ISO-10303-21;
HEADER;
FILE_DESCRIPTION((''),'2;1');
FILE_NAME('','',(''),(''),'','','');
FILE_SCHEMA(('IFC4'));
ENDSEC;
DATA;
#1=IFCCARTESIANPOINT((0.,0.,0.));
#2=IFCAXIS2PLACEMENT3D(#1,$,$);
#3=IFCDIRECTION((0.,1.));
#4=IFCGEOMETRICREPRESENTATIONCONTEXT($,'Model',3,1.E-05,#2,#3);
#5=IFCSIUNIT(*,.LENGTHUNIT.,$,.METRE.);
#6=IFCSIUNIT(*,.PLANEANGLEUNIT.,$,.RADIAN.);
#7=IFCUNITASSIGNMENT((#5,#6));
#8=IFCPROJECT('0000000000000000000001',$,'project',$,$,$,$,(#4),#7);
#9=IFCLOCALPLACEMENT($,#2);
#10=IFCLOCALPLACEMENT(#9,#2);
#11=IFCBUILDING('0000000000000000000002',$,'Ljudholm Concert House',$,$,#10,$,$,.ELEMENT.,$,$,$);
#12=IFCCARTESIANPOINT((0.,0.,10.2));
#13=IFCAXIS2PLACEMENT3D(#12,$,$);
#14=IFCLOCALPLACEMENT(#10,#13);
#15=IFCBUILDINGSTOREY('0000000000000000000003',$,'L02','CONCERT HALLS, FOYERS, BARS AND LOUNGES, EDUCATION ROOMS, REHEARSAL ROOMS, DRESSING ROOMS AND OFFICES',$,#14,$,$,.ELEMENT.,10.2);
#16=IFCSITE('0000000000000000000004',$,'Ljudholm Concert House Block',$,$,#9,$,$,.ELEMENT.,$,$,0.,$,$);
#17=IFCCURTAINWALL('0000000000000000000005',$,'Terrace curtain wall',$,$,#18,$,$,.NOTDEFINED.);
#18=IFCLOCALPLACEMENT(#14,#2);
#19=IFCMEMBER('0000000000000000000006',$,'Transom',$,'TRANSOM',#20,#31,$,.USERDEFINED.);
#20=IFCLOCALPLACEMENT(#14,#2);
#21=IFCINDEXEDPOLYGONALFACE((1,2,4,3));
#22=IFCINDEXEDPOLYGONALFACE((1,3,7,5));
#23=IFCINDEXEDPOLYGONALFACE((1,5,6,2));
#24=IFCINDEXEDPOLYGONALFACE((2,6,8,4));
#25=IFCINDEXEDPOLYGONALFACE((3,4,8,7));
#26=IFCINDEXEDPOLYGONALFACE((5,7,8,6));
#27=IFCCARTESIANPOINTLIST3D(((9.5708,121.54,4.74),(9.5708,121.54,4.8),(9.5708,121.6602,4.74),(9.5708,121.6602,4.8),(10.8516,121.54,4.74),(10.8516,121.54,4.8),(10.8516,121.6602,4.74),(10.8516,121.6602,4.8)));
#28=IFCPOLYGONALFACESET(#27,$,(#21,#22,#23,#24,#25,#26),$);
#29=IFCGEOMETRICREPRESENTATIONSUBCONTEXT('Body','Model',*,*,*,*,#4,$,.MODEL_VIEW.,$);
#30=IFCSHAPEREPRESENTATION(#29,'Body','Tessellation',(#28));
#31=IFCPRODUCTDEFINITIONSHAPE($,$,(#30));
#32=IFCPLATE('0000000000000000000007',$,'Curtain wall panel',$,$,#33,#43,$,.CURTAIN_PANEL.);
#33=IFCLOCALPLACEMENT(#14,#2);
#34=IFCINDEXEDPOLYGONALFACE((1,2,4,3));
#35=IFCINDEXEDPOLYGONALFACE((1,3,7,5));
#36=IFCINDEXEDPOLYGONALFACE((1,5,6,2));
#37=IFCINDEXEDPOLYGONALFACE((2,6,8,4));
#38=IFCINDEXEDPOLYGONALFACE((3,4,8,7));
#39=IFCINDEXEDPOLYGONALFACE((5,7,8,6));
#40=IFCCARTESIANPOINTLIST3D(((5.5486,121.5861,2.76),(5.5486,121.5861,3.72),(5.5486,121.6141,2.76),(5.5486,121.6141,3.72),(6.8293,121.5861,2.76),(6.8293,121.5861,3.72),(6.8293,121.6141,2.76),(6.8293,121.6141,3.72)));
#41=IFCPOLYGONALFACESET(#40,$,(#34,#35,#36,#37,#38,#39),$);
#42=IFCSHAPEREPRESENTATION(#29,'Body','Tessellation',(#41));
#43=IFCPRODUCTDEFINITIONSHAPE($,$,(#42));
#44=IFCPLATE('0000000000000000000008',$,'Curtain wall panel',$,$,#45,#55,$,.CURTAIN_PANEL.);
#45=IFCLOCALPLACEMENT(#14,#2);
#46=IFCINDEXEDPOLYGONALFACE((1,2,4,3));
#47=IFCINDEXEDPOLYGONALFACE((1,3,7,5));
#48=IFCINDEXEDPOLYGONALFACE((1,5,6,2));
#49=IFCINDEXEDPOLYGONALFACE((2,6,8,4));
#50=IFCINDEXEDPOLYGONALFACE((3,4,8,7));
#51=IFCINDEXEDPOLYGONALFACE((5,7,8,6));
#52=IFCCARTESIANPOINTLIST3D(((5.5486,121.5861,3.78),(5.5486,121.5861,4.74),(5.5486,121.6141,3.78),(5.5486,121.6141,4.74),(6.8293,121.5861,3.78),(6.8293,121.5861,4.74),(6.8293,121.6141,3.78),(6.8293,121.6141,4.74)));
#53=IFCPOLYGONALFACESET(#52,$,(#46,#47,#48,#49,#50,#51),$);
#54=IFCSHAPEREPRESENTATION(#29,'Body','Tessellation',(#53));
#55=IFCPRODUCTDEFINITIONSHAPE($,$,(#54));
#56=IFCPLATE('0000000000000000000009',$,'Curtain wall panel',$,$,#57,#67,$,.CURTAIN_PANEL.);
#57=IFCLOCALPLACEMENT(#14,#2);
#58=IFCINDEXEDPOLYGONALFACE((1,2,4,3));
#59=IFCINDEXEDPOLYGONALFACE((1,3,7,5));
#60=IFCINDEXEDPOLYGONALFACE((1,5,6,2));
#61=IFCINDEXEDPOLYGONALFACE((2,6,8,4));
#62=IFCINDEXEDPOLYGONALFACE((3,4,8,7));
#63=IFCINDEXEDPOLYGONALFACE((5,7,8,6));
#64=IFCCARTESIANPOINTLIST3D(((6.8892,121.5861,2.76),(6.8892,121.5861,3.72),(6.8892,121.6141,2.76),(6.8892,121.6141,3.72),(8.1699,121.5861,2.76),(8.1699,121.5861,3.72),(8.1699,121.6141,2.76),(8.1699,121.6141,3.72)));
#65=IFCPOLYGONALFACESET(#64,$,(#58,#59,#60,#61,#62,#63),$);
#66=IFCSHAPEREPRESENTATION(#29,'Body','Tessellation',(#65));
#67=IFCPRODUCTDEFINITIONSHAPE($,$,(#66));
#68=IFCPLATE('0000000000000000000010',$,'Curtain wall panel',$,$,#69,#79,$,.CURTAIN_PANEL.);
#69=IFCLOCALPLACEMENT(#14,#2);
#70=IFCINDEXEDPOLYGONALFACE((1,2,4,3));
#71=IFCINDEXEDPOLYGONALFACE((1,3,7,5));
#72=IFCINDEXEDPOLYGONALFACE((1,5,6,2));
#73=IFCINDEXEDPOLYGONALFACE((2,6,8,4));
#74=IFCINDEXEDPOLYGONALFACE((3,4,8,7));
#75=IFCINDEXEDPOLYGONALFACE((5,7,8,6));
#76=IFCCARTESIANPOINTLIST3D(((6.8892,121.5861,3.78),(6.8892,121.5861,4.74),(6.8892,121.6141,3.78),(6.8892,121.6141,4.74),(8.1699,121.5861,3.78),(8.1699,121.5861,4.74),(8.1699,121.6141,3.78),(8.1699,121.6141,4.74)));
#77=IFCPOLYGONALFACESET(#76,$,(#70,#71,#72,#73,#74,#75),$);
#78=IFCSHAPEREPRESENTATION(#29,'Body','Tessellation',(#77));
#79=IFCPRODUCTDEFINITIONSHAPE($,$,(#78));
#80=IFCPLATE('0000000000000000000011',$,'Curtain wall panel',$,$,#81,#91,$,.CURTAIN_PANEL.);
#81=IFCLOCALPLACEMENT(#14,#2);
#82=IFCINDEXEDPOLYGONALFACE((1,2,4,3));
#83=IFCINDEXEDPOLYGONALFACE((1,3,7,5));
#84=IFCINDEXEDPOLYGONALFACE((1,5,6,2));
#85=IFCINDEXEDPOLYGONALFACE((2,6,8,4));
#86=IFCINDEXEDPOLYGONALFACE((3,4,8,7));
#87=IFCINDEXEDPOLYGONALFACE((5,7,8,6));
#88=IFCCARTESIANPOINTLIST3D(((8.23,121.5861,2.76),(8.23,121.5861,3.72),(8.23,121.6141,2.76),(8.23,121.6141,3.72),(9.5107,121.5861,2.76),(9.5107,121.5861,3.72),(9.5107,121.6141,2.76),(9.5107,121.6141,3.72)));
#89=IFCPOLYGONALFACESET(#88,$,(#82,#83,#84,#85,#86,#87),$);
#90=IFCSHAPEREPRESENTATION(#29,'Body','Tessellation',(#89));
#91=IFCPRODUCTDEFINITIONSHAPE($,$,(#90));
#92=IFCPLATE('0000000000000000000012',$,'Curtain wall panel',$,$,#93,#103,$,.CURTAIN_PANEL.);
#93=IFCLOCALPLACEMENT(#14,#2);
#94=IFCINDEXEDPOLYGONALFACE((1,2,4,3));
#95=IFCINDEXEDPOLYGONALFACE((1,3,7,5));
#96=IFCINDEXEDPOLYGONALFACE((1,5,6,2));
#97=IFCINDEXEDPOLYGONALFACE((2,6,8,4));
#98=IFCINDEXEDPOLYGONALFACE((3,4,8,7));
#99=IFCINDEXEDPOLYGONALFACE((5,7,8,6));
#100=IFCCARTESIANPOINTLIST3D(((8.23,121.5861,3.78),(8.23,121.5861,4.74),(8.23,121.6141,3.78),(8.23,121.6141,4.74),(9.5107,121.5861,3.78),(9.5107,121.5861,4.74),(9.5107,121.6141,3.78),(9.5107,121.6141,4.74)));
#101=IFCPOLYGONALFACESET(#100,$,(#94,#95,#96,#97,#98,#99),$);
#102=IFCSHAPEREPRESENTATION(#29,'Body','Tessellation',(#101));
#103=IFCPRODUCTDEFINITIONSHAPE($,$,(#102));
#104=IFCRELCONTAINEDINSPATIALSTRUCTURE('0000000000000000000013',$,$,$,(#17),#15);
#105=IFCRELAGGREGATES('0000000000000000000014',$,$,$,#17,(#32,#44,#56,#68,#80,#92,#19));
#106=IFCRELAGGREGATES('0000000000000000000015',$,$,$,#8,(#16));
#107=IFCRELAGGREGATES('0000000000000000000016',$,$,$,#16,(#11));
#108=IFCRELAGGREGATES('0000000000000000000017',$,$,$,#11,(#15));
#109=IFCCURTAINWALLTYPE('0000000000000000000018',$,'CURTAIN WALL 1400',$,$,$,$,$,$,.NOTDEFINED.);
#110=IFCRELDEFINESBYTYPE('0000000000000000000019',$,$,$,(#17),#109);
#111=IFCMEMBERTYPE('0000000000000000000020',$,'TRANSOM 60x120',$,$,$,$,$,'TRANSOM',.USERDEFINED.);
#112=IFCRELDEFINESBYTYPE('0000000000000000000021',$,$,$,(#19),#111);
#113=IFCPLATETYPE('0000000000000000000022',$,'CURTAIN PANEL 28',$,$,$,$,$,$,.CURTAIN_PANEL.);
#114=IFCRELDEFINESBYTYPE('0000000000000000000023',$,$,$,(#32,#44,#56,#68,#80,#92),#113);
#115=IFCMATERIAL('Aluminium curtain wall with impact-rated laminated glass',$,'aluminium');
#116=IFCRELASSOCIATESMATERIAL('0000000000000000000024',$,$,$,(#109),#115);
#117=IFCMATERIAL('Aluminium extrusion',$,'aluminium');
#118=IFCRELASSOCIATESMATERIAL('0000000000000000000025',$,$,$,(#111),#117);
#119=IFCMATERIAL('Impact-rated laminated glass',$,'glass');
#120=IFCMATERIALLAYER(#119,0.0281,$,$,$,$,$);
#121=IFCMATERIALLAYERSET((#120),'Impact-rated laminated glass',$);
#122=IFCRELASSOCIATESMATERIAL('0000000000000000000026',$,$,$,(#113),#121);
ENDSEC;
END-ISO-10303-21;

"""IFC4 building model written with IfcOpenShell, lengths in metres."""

from ifc_helpers import new_model, si_unit, direction, frame, origin, origin_2d, place, context, subcontext, project, spatial, rectangle, extrude, material, layer, layer_set, material_profile, profile_set, type_object, element, aggregate, save


model = new_model("IFC4")

# Units and contexts
model_context = context("Model", 3, precision=1e-05, world=origin(), true_north=direction((0.0, 1.0)))
body_context = subcontext(model_context, "Body", "Model", "MODEL_VIEW")
ifc_project = project(units=[si_unit("LENGTHUNIT", "METRE"), si_unit("PLANEANGLEUNIT", "RADIAN")], contexts=[model_context])

# Site, building, storey
site_placement = place(None, origin())
site = spatial("IfcSite", under=ifc_project, at=site_placement, Name="Ljudholm Concert House Block", CompositionType="ELEMENT", RefElevation=0.0)
building_placement = place(site_placement, origin())
building = spatial("IfcBuilding", under=site, at=building_placement, Name="Ljudholm Concert House", CompositionType="ELEMENT")
storey_placement = place(building_placement, frame((0.0, 0.0, 10.2)))
storey = spatial("IfcBuildingStorey", under=building, at=storey_placement, Name="L02", Description="CONCERT HALLS, FOYERS, BARS AND LOUNGES, EDUCATION ROOMS, REHEARSAL ROOMS, DRESSING ROOMS AND OFFICES", CompositionType="ELEMENT", Elevation=10.2)

# Curtain wall
ifc_material_1 = material(Name="Aluminium curtain wall with impact-rated laminated glass", Category="aluminium")
curtain_wall_type = type_object("IfcCurtainWallType", Name="CURTAIN WALL 1400", PredefinedType="NOTDEFINED", material=ifc_material_1)
curtain_wall_placement = place(storey_placement, origin())
curtain_wall = element("IfcCurtainWall", 1, at=curtain_wall_placement, inside=storey, type_object=curtain_wall_type, Name="Terrace curtain wall", PredefinedType="NOTDEFINED")

# Member
ifc_material_2 = material(Name="Aluminium extrusion", Category="aluminium")
ifc_material_profile_1 = material_profile(ifc_material_2, rectangle(XDim=0.1201, YDim=0.0601, at=origin_2d()), Name="TRANSOM 60x120")
ifc_profile_set_1 = profile_set([ifc_material_profile_1], Name="Aluminium extrusion")
member_type_1 = type_object("IfcMemberType", Name="TRANSOM 60x120", ElementType="TRANSOM", PredefinedType="USERDEFINED", material=ifc_profile_set_1)
member_1_placement = place(storey_placement, frame((9.5708, 121.6001, 4.77), z_axis=(1.0, 0.0, 0.0), x_axis=(0.0, 1.0, 0.0)))
member_1 = element("IfcMember", 2, at=member_1_placement, type_object=member_type_1, Name="Transom", ObjectType="TRANSOM", PredefinedType="USERDEFINED", context=body_context, shape_type="SweptSolid", body=[
    extrude(rectangle(XDim=0.1201, YDim=0.0601, at=origin_2d()), origin(), (0.0, 0.0, 1.0), 1.2808),
])

# Plates
ifc_material_3 = material(Name="Impact-rated laminated glass", Category="glass")
ifc_layer = layer(ifc_material_3, 0.0281)
ifc_layer_set = layer_set([ifc_layer], Name="Impact-rated laminated glass")
plate_type = type_object("IfcPlateType", Name="CURTAIN PANEL 28", PredefinedType="CURTAIN_PANEL", material=ifc_layer_set)
plate_1_placement = place(storey_placement, frame((6.189, 121.6001, 2.76), z_axis=(0.0, 0.0, 1.0), x_axis=(1.0, 0.0, 0.0)))
plate_1 = element("IfcPlate", 3, at=plate_1_placement, type_object=plate_type, Name="Curtain wall panel", PredefinedType="CURTAIN_PANEL", context=body_context, shape_type="SweptSolid", body=[
    extrude(rectangle(XDim=1.2808, YDim=0.0281, at=origin_2d()), origin(), (0.0, 0.0, 1.0), 0.96),
])
plate_2_placement = place(storey_placement, frame((6.189, 121.6001, 3.78), z_axis=(0.0, 0.0, 1.0), x_axis=(1.0, 0.0, 0.0)))
plate_2 = element("IfcPlate", 4, at=plate_2_placement, type_object=plate_type, Name="Curtain wall panel", PredefinedType="CURTAIN_PANEL", context=body_context, shape_type="SweptSolid", body=[
    extrude(rectangle(XDim=1.2808, YDim=0.0281, at=origin_2d()), origin(), (0.0, 0.0, 1.0), 0.96),
])
plate_3_placement = place(storey_placement, frame((7.5295, 121.6001, 2.76), z_axis=(0.0, 0.0, 1.0), x_axis=(1.0, 0.0, 0.0)))
plate_3 = element("IfcPlate", 5, at=plate_3_placement, type_object=plate_type, Name="Curtain wall panel", PredefinedType="CURTAIN_PANEL", context=body_context, shape_type="SweptSolid", body=[
    extrude(rectangle(XDim=1.2808, YDim=0.0281, at=origin_2d()), origin(), (0.0, 0.0, 1.0), 0.96),
])
plate_4_placement = place(storey_placement, frame((7.5295, 121.6001, 3.78), z_axis=(0.0, 0.0, 1.0), x_axis=(1.0, 0.0, 0.0)))
plate_4 = element("IfcPlate", 6, at=plate_4_placement, type_object=plate_type, Name="Curtain wall panel", PredefinedType="CURTAIN_PANEL", context=body_context, shape_type="SweptSolid", body=[
    extrude(rectangle(XDim=1.2808, YDim=0.0281, at=origin_2d()), origin(), (0.0, 0.0, 1.0), 0.96),
])
plate_5_placement = place(storey_placement, frame((8.8704, 121.6001, 2.76), z_axis=(0.0, 0.0, 1.0), x_axis=(1.0, 0.0, 0.0)))
plate_5 = element("IfcPlate", 7, at=plate_5_placement, type_object=plate_type, Name="Curtain wall panel", PredefinedType="CURTAIN_PANEL", context=body_context, shape_type="SweptSolid", body=[
    extrude(rectangle(XDim=1.2808, YDim=0.0281, at=origin_2d()), origin(), (0.0, 0.0, 1.0), 0.96),
])
plate_6_placement = place(storey_placement, frame((8.8704, 121.6001, 3.78), z_axis=(0.0, 0.0, 1.0), x_axis=(1.0, 0.0, 0.0)))
plate_6 = element("IfcPlate", 8, at=plate_6_placement, type_object=plate_type, Name="Curtain wall panel", PredefinedType="CURTAIN_PANEL", context=body_context, shape_type="SweptSolid", body=[
    extrude(rectangle(XDim=1.2808, YDim=0.0281, at=origin_2d()), origin(), (0.0, 0.0, 1.0), 0.96),
])
aggregate(curtain_wall, [plate_1, plate_2, plate_3, plate_4, plate_5, plate_6, member_1])

save(model, "model.ifc")
